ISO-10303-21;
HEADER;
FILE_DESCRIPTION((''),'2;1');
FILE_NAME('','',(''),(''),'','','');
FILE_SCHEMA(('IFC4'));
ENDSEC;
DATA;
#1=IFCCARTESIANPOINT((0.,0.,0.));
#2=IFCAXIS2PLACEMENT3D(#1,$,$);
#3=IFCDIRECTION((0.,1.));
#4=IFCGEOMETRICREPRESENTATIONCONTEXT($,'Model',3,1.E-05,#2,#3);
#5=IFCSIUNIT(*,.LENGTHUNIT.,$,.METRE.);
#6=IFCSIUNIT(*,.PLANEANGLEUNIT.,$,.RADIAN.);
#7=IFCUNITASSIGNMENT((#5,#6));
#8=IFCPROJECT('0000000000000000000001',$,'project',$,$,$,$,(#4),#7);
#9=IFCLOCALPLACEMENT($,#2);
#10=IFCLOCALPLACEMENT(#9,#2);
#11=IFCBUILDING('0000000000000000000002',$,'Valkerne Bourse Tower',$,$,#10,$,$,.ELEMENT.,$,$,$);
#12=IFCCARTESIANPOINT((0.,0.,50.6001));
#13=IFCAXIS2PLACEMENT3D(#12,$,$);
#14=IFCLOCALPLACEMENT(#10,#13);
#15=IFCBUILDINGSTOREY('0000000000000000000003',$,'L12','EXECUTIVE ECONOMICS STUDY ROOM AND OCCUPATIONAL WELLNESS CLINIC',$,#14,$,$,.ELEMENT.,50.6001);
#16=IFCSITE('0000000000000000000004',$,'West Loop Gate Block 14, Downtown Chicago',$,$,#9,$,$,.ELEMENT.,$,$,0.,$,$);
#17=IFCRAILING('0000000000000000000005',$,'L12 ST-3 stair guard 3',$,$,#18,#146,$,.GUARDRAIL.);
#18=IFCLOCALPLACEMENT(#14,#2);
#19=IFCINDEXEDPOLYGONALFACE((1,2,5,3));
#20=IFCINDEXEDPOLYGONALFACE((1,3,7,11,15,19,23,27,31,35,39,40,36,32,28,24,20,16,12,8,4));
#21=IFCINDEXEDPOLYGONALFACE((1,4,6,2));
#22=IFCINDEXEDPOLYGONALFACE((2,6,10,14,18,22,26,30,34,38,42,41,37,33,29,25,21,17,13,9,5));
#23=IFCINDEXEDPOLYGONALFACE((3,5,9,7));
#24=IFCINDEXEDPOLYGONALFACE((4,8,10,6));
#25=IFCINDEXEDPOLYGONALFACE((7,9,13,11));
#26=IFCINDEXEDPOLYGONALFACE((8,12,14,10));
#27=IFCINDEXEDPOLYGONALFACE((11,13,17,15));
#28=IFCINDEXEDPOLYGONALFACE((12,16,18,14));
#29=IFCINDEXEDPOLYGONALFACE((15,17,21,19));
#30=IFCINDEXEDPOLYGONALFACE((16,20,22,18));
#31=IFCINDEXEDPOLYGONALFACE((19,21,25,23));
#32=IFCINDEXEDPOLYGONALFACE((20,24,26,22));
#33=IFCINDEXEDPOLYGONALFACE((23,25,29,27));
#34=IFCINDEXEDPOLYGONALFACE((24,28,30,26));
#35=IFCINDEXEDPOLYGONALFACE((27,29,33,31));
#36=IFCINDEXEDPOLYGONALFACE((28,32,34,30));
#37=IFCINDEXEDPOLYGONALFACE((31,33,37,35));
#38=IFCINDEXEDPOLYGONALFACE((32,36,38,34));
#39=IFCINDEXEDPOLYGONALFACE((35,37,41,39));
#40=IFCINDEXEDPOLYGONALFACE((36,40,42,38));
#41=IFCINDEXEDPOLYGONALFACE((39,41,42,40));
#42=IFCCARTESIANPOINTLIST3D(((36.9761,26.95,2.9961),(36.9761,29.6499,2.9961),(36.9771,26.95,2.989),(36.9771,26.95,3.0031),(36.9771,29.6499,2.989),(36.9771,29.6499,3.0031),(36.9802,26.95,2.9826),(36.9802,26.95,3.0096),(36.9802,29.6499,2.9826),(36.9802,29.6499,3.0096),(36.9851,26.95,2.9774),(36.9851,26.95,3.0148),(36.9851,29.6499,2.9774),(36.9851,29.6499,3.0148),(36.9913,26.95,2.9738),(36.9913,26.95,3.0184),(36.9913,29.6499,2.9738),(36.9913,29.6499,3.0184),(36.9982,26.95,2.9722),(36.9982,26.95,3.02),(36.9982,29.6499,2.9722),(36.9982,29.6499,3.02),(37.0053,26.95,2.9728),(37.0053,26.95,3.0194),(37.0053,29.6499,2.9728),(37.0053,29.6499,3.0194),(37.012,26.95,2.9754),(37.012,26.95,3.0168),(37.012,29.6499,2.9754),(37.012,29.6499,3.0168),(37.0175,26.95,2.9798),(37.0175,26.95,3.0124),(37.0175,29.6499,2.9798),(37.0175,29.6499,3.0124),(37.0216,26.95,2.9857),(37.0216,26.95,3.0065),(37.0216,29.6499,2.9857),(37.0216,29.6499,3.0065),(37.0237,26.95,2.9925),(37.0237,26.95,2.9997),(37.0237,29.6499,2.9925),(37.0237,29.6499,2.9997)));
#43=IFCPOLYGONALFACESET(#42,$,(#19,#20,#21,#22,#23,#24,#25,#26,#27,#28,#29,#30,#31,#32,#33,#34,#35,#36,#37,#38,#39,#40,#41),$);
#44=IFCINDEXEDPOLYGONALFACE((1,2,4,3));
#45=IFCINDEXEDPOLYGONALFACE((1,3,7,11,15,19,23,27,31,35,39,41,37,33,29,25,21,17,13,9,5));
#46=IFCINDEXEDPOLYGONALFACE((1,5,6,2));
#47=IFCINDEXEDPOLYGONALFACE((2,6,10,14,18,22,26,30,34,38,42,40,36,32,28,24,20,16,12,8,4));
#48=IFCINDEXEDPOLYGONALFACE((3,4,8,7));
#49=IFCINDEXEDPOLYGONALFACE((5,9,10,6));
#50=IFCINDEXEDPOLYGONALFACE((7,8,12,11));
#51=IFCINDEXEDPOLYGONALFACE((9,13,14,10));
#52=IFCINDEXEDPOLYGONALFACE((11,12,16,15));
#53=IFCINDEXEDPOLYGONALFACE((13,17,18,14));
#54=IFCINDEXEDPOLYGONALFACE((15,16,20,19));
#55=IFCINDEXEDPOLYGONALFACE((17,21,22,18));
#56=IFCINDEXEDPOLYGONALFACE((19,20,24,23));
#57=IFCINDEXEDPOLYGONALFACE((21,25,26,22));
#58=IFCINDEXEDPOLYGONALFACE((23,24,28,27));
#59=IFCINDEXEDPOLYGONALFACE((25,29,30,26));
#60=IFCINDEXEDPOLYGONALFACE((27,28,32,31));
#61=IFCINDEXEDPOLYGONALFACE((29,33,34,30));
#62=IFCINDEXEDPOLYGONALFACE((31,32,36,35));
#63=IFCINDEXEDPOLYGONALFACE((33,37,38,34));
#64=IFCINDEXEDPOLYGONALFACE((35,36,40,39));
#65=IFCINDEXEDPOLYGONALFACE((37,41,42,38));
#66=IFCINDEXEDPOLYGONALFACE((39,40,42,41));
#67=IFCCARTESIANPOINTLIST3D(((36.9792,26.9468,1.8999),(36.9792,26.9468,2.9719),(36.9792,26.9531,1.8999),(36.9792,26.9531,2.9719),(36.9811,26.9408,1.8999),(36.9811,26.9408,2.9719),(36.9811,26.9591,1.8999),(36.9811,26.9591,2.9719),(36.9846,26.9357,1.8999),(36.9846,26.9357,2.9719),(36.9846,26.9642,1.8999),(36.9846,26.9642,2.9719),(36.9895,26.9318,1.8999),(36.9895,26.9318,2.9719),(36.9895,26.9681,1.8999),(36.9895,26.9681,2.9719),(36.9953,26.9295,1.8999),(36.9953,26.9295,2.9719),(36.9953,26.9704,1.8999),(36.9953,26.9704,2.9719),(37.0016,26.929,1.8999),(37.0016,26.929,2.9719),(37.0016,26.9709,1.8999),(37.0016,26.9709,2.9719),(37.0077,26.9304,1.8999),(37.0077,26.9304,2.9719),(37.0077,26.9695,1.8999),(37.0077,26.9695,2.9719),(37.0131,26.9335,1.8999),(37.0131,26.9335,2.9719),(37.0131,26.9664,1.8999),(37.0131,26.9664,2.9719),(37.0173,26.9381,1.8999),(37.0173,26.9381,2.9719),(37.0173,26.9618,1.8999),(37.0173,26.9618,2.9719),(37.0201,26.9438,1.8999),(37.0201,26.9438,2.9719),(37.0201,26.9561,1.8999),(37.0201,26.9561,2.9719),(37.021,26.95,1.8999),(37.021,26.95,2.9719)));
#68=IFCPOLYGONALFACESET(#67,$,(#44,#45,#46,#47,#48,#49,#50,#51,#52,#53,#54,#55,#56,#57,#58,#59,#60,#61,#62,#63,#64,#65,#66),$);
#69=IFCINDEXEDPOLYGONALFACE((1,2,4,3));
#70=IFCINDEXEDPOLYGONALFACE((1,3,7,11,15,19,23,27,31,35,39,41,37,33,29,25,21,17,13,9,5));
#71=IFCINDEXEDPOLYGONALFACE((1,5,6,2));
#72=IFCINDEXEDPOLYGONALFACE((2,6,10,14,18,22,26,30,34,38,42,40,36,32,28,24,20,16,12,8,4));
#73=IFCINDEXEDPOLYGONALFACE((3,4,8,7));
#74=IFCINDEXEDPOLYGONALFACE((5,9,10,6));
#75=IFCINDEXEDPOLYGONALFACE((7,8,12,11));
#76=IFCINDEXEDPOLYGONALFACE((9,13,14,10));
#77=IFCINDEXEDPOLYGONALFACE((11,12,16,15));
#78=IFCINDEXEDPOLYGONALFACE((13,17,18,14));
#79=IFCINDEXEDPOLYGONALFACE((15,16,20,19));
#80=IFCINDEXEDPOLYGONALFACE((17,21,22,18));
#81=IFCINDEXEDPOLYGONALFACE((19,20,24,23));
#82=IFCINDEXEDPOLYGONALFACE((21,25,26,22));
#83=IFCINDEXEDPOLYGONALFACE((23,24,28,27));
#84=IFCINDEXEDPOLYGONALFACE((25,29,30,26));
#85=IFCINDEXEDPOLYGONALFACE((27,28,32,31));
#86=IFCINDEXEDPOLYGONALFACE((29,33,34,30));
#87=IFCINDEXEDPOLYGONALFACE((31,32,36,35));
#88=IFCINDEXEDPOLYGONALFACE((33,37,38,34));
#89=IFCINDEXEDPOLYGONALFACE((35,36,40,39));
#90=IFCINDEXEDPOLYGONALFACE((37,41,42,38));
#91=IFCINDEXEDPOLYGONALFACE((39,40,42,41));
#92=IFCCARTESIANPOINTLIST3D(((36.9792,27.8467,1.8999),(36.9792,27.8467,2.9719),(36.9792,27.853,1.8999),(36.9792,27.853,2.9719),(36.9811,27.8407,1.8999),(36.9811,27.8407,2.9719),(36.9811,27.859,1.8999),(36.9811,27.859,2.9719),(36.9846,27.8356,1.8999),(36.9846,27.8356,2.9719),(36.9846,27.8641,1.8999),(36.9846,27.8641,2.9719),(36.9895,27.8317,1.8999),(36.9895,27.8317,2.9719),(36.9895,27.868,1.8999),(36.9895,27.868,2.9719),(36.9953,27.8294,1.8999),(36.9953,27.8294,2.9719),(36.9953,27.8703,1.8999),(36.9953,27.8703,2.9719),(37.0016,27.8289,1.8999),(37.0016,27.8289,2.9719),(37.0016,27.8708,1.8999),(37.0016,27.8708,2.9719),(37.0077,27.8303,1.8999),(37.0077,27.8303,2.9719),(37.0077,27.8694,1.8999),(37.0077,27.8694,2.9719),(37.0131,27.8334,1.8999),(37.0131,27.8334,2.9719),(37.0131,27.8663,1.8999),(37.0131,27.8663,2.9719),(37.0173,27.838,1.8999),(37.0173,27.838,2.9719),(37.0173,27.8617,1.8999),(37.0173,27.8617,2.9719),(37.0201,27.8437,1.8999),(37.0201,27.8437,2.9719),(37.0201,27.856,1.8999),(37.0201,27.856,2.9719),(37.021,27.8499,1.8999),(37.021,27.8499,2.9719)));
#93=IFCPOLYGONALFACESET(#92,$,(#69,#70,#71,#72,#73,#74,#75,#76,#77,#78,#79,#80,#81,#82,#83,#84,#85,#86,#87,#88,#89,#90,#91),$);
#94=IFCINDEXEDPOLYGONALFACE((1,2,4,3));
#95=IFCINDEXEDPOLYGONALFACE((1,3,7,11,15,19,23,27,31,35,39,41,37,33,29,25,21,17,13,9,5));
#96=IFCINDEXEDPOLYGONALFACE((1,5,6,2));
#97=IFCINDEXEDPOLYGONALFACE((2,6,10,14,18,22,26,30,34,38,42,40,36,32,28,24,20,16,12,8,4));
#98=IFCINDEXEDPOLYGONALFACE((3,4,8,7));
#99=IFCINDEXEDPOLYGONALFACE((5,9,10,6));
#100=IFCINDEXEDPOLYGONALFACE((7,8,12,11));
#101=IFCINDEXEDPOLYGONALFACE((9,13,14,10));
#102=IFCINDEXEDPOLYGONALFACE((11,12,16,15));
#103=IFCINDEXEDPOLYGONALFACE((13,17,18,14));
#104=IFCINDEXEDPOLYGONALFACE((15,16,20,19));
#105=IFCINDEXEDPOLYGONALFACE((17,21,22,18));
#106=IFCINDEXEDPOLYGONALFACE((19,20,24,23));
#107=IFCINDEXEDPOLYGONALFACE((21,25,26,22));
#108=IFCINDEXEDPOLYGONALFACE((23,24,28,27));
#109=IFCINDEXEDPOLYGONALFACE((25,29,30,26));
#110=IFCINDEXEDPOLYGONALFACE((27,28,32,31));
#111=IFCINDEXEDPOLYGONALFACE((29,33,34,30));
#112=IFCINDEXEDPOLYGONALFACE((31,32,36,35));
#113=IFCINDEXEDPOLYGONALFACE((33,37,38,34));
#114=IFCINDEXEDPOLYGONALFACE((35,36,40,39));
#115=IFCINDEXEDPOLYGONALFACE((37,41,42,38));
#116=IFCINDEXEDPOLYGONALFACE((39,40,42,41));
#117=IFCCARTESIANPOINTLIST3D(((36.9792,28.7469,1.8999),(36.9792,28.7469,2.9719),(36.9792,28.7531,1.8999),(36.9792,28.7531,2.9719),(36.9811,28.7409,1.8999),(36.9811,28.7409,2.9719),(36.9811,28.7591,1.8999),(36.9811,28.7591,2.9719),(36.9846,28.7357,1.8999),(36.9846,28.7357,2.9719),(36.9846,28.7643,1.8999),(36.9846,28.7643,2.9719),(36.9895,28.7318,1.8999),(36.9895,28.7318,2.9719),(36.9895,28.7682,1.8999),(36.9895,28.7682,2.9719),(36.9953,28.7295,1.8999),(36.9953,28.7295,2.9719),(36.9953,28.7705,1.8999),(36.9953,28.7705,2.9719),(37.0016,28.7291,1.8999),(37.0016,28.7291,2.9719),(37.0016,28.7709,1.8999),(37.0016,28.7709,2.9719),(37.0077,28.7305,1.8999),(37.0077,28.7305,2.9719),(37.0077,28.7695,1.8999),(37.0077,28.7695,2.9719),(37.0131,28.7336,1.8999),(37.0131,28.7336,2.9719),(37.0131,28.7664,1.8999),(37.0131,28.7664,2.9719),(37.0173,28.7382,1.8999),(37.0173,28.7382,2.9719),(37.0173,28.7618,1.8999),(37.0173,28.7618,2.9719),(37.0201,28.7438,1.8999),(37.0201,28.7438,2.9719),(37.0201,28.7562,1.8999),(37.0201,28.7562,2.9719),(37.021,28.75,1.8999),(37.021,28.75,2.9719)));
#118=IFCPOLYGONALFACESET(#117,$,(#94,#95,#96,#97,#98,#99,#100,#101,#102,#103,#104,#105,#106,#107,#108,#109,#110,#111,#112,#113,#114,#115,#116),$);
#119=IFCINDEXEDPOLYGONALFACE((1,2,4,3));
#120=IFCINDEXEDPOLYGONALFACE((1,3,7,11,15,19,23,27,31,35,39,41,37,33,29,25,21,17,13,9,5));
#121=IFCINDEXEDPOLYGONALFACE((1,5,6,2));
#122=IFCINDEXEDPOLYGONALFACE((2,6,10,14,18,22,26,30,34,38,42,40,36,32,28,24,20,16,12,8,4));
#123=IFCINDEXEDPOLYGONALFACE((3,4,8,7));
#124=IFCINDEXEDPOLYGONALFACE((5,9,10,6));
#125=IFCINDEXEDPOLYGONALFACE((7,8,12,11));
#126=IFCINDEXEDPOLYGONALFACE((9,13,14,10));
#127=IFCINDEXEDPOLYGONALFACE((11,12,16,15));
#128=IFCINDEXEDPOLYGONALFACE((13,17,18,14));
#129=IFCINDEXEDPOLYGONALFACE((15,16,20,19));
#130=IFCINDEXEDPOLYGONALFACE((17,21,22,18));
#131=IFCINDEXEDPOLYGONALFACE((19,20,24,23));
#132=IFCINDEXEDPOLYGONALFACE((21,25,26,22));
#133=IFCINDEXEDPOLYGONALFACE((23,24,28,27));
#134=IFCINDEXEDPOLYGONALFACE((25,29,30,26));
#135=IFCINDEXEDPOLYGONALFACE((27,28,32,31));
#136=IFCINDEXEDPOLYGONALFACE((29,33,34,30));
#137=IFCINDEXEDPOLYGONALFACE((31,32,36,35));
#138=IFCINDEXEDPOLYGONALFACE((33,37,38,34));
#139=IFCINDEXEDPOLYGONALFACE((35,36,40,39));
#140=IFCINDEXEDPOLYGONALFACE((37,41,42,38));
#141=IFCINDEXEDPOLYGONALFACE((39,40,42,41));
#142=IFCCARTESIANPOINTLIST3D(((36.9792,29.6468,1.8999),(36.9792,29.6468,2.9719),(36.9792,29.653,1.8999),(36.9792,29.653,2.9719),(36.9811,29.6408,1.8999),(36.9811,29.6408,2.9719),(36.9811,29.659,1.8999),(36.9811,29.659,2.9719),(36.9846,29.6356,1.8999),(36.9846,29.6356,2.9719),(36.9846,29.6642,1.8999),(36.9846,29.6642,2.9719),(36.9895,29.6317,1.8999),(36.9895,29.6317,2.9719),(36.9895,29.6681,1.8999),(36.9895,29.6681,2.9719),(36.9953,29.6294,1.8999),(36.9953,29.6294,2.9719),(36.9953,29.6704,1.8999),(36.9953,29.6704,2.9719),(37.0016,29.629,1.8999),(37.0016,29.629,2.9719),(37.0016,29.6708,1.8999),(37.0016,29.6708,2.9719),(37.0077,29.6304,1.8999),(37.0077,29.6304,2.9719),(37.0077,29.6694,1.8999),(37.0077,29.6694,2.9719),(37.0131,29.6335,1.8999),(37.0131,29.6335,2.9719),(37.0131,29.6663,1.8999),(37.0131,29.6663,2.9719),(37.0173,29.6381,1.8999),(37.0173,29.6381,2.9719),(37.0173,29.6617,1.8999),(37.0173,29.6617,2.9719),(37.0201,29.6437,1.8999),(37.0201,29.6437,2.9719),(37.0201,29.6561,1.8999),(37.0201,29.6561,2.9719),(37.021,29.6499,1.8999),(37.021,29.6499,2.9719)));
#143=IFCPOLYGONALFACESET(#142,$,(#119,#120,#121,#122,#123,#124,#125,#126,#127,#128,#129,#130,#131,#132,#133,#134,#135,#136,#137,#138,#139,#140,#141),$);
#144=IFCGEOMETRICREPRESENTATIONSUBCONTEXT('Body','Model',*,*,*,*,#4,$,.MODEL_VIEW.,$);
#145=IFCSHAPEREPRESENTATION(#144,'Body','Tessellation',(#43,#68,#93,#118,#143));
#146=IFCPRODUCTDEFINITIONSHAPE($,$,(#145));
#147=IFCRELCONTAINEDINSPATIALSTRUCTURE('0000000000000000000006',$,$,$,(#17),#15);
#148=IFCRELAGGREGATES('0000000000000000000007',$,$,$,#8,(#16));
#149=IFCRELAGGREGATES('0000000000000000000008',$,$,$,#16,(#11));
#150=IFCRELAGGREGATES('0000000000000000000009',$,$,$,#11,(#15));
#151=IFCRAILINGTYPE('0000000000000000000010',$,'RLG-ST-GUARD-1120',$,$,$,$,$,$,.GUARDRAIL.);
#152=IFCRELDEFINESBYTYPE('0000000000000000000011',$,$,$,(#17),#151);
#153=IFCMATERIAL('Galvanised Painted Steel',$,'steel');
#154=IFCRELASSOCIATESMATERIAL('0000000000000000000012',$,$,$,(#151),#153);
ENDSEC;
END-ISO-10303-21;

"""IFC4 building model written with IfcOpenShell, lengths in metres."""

from ifc_helpers import new_model, si_unit, direction, frame, origin, origin_2d, place, context, subcontext, project, spatial, circle, extrude, material, type_object, element, save


model = new_model("IFC4")

# Units and contexts
model_context = context("Model", 3, precision=1e-05, world=origin(), true_north=direction((0.0, 1.0)))
body_context = subcontext(model_context, "Body", "Model", "MODEL_VIEW")
ifc_project = project(units=[si_unit("LENGTHUNIT", "METRE"), si_unit("PLANEANGLEUNIT", "RADIAN")], contexts=[model_context])

# Site, building, storey
site_placement = place(None, origin())
site = spatial("IfcSite", under=ifc_project, at=site_placement, Name="West Loop Gate Block 14, Downtown Chicago", CompositionType="ELEMENT", RefElevation=0.0)
building_placement = place(site_placement, origin())
building = spatial("IfcBuilding", under=site, at=building_placement, Name="Valkerne Bourse Tower", CompositionType="ELEMENT")
storey_placement = place(building_placement, frame((0.0, 0.0, 50.6001)))
storey = spatial("IfcBuildingStorey", under=building, at=storey_placement, Name="L12", Description="EXECUTIVE ECONOMICS STUDY ROOM AND OCCUPATIONAL WELLNESS CLINIC", CompositionType="ELEMENT", Elevation=50.6001)

# Shared definitions
ifc_material_1 = material(Name="Galvanised Painted Steel", Category="steel")

# Railing
railing_type_1 = type_object("IfcRailingType", Name="RLG-ST-GUARD-1120", PredefinedType="GUARDRAIL", material=ifc_material_1)
for number, where, name in (
    (1, (37.0, 26.95, 1.8999), "L12 ST-3 stair guard 3"),
):
    element("IfcRailing", number, at=place(storey_placement, frame(where)), inside=storey, type_object=railing_type_1, Name=name, PredefinedType="GUARDRAIL", context=body_context, shape_type="SweptSolid", body=[
        extrude(circle(Radius=0.0239, at=origin_2d()), frame((0.0, 0.0, 1.0962), z_axis=(0.0, 1.0, 0.0), x_axis=(-1.0, 0.0, 0.0)), (0.0, 0.0, 1.0), 2.7),
        extrude(circle(Radius=0.021, at=origin_2d()), origin(), (0.0, 0.0, 1.0), 1.072),
        extrude(circle(Radius=0.021, at=origin_2d()), frame((0.0, 0.8999, 0.0)), (0.0, 0.0, 1.0), 1.072),
        extrude(circle(Radius=0.021, at=origin_2d()), frame((0.0, 1.8, 0.0)), (0.0, 0.0, 1.0), 1.072),
        extrude(circle(Radius=0.021, at=origin_2d()), frame((0.0, 2.7, 0.0)), (0.0, 0.0, 1.0), 1.072),
    ])

save(model, "model.ifc")
